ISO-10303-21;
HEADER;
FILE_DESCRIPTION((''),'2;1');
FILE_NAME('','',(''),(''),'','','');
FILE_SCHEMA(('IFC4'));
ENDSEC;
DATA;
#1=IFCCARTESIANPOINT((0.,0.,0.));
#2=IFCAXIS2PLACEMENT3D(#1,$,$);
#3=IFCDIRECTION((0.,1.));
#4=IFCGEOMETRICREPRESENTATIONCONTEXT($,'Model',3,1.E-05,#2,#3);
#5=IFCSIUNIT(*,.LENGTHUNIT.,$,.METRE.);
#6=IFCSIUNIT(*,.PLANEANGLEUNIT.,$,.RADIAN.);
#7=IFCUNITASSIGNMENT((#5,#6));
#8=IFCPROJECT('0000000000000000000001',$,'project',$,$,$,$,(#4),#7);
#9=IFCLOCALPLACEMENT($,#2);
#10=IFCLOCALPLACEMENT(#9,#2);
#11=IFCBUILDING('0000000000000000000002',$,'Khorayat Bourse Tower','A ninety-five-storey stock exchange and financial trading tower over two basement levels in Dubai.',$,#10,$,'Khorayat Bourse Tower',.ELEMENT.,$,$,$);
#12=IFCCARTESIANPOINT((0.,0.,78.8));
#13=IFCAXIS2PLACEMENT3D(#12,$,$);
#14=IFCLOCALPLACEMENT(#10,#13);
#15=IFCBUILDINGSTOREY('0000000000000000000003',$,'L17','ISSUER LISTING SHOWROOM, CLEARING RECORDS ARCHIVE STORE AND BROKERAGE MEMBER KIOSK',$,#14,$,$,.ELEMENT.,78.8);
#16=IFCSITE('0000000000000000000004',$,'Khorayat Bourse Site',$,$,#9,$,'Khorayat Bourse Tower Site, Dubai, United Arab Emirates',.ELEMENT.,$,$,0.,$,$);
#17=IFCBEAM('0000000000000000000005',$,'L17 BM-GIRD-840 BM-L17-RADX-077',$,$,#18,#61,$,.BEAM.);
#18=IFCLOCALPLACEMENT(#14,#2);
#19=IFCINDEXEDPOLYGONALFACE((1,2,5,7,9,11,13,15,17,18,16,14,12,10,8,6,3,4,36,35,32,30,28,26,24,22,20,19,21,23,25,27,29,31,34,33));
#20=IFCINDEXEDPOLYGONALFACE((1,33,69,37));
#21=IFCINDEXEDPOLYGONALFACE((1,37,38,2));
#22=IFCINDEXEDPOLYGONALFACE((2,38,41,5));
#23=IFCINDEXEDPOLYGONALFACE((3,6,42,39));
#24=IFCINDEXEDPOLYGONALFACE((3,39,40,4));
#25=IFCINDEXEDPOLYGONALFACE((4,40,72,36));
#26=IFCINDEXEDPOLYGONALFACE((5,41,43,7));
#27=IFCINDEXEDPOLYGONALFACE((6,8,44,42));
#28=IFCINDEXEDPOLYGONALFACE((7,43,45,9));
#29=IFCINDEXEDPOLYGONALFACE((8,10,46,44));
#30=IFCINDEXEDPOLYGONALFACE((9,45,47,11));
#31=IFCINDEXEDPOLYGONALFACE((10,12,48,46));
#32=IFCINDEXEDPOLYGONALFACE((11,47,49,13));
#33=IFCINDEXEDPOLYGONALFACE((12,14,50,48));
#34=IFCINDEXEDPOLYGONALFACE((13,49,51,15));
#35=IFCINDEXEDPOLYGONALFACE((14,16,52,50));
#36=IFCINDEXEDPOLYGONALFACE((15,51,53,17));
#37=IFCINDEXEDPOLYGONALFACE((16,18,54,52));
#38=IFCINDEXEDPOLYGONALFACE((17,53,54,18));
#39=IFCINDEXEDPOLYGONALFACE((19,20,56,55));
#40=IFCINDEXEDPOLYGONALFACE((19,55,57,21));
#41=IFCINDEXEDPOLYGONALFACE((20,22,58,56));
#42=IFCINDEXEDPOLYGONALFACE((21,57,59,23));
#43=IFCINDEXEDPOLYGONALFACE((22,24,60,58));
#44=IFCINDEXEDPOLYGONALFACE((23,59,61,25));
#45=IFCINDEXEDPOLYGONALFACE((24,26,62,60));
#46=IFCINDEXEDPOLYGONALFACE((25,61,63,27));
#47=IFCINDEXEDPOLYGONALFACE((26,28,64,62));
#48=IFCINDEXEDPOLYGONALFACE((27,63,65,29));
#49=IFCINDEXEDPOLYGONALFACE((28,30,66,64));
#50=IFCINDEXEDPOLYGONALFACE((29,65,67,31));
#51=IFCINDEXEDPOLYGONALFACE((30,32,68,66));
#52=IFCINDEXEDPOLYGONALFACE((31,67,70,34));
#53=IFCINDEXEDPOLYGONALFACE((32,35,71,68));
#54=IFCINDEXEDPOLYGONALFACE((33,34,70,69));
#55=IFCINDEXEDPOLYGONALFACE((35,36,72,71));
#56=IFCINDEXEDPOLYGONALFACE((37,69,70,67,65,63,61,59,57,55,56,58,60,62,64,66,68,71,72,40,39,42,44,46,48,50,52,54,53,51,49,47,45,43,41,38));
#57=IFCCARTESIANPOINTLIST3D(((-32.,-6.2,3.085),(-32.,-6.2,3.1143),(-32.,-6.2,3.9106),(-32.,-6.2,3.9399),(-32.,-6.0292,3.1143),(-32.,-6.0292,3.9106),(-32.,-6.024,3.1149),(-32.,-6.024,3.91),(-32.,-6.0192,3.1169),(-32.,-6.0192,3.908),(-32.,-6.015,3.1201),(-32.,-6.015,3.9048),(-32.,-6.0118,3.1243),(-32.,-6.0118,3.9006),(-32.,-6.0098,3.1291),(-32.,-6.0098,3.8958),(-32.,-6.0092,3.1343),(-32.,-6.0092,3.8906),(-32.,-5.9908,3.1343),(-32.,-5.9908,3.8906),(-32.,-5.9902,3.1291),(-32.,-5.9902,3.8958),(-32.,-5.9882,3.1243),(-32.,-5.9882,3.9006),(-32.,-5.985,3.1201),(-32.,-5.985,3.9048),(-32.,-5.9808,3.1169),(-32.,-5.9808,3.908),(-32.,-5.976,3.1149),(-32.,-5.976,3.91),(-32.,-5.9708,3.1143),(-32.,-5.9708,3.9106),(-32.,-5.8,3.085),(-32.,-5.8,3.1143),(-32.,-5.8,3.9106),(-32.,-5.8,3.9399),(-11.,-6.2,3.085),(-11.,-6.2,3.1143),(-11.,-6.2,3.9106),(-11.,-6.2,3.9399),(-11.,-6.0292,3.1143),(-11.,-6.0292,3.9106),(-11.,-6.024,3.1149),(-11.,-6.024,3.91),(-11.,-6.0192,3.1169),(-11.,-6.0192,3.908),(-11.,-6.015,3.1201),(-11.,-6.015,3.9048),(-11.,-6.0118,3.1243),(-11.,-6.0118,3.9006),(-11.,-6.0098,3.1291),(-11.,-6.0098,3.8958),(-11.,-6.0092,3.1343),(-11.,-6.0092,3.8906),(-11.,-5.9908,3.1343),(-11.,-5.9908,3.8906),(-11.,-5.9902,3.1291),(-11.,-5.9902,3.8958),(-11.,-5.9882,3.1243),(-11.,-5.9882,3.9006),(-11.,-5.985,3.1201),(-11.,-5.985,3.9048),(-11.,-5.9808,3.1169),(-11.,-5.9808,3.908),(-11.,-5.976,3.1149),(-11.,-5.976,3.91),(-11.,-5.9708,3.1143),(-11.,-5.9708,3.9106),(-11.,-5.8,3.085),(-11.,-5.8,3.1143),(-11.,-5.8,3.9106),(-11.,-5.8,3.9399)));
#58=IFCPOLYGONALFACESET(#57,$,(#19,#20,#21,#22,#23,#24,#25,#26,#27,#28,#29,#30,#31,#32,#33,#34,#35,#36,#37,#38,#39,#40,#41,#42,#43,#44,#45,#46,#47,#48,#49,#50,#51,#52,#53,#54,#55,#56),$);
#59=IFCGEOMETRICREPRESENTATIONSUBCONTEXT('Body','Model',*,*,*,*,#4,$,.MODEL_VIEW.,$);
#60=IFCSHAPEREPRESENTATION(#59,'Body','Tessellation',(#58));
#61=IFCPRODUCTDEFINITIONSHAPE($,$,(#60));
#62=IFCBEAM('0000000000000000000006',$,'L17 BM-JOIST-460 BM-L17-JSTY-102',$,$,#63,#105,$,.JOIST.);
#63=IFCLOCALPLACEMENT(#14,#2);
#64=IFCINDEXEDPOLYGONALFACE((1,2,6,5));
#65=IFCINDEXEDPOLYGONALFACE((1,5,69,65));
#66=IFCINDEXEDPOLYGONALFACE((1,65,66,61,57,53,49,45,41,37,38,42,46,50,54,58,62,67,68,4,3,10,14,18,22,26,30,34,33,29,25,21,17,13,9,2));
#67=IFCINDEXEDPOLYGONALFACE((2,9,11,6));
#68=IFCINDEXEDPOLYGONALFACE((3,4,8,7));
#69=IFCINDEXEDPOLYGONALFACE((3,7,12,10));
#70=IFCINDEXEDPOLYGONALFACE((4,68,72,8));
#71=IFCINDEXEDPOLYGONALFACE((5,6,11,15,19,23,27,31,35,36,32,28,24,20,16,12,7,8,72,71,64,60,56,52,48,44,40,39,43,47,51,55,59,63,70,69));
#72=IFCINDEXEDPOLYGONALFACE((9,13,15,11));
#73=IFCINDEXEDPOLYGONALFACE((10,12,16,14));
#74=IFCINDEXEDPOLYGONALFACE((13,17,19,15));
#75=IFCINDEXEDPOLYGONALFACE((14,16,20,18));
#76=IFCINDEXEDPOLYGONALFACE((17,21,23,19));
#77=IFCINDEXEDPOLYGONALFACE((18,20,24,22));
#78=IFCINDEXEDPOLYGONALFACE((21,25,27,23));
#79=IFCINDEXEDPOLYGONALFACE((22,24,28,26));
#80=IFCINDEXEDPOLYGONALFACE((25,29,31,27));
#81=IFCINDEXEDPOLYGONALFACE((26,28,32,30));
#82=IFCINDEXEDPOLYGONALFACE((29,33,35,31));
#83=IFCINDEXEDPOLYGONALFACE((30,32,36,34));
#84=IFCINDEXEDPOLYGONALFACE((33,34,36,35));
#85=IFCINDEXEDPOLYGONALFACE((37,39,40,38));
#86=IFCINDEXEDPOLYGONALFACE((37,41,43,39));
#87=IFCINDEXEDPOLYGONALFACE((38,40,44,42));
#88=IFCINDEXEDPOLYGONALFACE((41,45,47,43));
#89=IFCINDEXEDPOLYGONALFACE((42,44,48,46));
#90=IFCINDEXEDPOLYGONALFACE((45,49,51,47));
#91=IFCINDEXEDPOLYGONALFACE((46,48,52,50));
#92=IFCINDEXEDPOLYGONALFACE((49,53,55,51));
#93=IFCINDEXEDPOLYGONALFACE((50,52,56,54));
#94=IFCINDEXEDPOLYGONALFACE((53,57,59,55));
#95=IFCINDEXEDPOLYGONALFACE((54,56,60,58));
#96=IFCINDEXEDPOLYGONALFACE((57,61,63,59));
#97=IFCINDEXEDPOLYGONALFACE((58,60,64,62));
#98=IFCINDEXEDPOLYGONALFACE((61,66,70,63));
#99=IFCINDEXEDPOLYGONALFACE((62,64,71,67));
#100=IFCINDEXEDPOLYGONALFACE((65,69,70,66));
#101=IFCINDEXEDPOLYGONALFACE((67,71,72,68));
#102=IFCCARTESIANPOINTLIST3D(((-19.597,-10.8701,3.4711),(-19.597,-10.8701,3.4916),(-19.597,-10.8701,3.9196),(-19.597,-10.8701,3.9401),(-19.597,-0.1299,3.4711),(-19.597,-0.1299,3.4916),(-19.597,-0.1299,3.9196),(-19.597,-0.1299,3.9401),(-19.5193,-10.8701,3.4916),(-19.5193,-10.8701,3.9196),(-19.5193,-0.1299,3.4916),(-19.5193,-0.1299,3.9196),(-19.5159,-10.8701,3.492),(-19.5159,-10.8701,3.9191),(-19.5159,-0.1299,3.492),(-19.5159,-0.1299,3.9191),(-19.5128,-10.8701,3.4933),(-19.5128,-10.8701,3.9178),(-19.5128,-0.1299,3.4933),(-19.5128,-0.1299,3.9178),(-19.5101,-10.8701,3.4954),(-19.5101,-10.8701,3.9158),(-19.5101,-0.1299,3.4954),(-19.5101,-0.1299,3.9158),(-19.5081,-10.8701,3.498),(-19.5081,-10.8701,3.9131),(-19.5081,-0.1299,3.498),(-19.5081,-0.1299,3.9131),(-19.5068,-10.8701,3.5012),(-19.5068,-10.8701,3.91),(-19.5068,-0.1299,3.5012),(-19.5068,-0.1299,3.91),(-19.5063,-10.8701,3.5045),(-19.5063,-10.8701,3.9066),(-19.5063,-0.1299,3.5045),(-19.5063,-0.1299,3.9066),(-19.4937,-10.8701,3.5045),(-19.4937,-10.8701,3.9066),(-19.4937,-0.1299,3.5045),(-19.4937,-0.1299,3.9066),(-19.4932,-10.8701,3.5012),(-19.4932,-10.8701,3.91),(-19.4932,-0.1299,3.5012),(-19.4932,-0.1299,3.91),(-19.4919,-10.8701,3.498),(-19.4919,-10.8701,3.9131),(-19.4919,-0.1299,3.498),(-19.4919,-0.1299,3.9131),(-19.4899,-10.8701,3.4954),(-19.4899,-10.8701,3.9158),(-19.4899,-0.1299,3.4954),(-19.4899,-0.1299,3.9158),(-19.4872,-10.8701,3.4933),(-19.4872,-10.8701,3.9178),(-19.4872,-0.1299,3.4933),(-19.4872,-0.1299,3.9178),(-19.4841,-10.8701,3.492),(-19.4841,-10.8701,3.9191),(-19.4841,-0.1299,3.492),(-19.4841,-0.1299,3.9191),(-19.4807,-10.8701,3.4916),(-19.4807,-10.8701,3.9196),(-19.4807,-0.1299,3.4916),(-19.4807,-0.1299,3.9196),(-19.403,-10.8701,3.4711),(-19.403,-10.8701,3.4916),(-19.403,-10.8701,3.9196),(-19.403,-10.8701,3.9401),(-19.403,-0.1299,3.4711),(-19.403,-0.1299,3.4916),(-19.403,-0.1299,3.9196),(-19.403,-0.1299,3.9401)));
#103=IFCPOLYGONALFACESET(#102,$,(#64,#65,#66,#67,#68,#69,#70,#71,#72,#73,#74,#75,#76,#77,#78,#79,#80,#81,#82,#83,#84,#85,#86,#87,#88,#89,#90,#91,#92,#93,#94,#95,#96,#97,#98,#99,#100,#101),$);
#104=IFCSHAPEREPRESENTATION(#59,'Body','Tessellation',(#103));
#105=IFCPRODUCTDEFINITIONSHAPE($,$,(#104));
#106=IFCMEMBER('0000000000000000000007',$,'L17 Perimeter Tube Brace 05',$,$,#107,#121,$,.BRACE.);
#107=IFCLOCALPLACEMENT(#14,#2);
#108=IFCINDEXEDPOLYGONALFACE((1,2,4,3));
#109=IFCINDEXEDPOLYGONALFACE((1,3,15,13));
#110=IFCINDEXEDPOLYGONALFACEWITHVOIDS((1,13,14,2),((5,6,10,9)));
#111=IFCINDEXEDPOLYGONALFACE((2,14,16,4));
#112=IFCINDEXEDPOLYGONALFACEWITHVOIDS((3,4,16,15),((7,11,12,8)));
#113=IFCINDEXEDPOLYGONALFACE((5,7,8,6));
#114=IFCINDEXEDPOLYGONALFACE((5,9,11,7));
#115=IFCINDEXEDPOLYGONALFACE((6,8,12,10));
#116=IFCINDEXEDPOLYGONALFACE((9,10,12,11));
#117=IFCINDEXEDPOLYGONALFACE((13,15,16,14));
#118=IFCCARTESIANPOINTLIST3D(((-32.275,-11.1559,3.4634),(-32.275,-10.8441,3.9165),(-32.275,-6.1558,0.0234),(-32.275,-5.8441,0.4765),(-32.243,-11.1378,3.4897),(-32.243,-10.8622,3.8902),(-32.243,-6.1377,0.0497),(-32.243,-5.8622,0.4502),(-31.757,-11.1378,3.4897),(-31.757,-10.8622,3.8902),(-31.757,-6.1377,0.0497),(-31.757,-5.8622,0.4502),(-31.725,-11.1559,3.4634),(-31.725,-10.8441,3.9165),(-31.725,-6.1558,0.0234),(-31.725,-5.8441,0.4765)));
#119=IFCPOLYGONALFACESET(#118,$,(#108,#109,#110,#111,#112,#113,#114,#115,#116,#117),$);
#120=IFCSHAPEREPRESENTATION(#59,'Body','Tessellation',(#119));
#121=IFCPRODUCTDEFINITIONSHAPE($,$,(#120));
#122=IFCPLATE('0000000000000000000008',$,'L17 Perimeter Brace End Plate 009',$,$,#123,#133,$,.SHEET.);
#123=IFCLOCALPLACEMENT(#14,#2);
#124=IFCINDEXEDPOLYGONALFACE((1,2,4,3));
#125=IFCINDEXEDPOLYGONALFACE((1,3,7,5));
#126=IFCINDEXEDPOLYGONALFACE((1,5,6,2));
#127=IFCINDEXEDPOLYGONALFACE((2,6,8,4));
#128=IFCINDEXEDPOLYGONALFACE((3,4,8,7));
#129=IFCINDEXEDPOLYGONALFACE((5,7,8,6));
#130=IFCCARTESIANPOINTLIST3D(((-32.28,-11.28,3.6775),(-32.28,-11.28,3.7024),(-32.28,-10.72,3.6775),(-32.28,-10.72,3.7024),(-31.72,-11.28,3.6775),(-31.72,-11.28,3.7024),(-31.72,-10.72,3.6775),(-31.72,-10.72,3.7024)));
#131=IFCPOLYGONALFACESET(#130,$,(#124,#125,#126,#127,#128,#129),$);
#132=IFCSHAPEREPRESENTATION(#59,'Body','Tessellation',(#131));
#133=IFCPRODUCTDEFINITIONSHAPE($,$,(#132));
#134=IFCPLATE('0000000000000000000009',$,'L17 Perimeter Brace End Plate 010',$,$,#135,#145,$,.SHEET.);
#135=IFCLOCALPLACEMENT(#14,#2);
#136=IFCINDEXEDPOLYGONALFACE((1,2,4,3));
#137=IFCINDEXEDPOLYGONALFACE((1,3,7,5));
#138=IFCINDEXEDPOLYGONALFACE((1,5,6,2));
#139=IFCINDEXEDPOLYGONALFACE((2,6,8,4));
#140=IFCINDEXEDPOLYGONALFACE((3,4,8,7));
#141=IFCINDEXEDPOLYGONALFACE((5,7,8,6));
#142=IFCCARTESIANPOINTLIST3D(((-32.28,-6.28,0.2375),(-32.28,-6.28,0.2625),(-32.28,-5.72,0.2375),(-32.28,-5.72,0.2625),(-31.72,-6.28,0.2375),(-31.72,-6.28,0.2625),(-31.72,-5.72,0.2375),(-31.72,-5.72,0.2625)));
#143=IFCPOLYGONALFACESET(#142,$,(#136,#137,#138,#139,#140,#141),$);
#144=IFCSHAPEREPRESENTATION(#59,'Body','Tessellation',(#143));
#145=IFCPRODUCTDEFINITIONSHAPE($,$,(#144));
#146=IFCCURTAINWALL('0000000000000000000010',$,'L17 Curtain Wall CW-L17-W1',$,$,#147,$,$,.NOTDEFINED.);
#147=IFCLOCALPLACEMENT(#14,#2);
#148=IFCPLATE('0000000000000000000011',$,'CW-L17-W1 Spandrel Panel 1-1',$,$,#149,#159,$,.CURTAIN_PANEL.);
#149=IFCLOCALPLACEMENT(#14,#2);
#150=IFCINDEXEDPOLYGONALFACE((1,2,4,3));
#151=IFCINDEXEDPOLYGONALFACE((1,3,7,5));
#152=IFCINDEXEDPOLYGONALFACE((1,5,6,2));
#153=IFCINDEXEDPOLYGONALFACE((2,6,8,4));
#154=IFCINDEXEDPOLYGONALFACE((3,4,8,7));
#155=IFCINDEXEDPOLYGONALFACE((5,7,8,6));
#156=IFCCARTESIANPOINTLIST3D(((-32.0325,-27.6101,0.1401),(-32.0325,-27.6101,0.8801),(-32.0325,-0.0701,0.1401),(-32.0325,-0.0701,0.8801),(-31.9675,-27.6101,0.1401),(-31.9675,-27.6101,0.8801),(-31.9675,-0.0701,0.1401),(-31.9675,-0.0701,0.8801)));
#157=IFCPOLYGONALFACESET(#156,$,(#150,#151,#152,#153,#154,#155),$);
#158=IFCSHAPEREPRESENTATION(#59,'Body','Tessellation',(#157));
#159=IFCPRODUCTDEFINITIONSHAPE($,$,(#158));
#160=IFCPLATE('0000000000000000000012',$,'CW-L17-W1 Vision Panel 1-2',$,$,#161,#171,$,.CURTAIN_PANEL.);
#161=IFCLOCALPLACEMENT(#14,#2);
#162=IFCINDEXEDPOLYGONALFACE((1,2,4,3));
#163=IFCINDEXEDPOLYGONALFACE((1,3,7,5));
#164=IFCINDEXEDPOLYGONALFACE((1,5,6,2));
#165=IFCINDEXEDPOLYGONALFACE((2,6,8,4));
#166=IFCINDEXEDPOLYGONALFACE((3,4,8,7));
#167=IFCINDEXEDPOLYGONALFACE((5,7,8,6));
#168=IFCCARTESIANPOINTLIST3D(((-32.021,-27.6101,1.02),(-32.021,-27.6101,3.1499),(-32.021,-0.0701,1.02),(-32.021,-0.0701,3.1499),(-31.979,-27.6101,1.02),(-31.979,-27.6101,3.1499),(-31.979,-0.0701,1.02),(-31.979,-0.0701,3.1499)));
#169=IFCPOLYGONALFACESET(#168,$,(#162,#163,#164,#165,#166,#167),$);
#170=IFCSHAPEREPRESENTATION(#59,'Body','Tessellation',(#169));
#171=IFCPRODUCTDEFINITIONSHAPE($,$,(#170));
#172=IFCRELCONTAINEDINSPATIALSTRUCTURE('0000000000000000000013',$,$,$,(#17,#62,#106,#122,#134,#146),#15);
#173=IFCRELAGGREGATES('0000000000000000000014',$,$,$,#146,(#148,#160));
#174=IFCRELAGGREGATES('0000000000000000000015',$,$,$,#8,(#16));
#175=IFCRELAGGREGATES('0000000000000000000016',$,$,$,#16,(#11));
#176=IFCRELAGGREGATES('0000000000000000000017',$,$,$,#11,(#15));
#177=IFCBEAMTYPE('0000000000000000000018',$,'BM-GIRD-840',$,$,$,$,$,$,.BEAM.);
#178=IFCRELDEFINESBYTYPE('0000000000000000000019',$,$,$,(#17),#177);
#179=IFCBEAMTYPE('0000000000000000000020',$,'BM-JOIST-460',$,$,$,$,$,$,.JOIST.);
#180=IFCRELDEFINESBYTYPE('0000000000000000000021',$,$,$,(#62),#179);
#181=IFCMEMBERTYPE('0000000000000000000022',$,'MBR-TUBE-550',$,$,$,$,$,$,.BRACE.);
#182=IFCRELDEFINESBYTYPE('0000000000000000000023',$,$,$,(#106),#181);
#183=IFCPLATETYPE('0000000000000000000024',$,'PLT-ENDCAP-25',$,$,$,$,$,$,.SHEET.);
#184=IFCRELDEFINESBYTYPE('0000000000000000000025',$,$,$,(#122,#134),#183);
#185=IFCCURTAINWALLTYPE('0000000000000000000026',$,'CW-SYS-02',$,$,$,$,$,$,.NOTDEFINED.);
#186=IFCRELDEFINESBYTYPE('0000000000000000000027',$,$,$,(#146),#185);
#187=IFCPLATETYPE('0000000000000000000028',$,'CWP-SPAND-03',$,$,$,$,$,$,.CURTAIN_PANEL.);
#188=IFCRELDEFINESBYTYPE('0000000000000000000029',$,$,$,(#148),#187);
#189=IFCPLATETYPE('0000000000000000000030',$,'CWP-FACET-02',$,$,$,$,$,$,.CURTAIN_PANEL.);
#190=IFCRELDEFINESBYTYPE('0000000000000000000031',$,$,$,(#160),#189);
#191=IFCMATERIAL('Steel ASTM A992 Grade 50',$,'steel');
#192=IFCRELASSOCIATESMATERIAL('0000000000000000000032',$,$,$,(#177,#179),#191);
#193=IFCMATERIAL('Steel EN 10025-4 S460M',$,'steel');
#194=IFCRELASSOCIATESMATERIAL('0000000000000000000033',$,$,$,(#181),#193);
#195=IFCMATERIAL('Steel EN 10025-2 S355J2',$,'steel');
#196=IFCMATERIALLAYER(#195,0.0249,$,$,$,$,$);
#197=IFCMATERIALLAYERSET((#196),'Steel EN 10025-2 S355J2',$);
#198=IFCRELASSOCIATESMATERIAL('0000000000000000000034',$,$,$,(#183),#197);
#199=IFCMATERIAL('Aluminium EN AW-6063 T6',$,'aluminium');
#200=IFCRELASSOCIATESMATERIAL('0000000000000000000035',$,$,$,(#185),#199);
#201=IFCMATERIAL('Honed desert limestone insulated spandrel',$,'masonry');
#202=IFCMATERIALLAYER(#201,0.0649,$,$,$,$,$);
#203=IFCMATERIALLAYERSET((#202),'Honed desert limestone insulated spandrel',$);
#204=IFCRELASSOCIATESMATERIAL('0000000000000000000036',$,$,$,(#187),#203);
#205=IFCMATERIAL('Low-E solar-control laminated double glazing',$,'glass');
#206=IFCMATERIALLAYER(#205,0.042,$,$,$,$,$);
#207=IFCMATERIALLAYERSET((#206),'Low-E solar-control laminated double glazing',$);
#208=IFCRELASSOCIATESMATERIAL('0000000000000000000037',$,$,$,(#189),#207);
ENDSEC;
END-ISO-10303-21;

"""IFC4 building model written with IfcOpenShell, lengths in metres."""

from ifc_helpers import new_model, si_unit, direction, frame, origin, origin_2d, place, context, subcontext, project, spatial, rectangle, hollow_rectangle, i_section, extrude, source, transform, mapped, material, layer, layer_set, material_profile, profile_set, type_object, element, aggregate, save


model = new_model("IFC4")

# Units and contexts
model_context = context("Model", 3, precision=1e-05, world=origin(), true_north=direction((0.0, 1.0)))
body_context = subcontext(model_context, "Body", "Model", "MODEL_VIEW")
ifc_project = project(units=[si_unit("LENGTHUNIT", "METRE"), si_unit("PLANEANGLEUNIT", "RADIAN")], contexts=[model_context])

# Site, building, storey
site_placement = place(None, origin())
site = spatial("IfcSite", under=ifc_project, at=site_placement, Name="Khorayat Bourse Site", LongName="Khorayat Bourse Tower Site, Dubai, United Arab Emirates", CompositionType="ELEMENT", RefElevation=0.0)
building_placement = place(site_placement, origin())
building = spatial("IfcBuilding", under=site, at=building_placement, Name="Khorayat Bourse Tower", Description="A ninety-five-storey stock exchange and financial trading tower over two basement levels in Dubai.", LongName="Khorayat Bourse Tower", CompositionType="ELEMENT")
storey_placement = place(building_placement, frame((0.0, 0.0, 78.8)))
storey = spatial("IfcBuildingStorey", under=building, at=storey_placement, Name="L17", Description="ISSUER LISTING SHOWROOM, CLEARING RECORDS ARCHIVE STORE AND BROKERAGE MEMBER KIOSK", CompositionType="ELEMENT", Elevation=78.8)

# Shared definitions
ifc_material_1 = material(Name="Steel EN 10025-4 S460M", Category="steel")

# Beams
ifc_material_2 = material(Name="Steel ASTM A992 Grade 50", Category="steel")
ifc_material_profile_1 = material_profile(ifc_material_2, i_section(OverallWidth=0.3999, OverallDepth=0.855, WebThickness=0.0183, FlangeThickness=0.0293, FilletRadius=0.02, at=origin_2d()), Name="W840X299")
ifc_profile_set_1 = profile_set([ifc_material_profile_1], Name="Steel ASTM A992 Grade 50")
beam_type_1 = type_object("IfcBeamType", Name="BM-GIRD-840", PredefinedType="BEAM", material=ifc_profile_set_1)
shared_shape_1 = source(origin(), body_context, "Body", "SweptSolid", [
    extrude(i_section(OverallWidth=0.3999, OverallDepth=0.855, WebThickness=0.0183, FlangeThickness=0.0293, FilletRadius=0.02, at=origin_2d()), origin(), (0.0, 0.0, 1.0), 21.0),
])
for number, where, z_axis, x_axis, name in (
    (1, (-32.0, -6.0, 3.5125), (1.0, 0.0, 0.0), (0.0, 1.0, 0.0), "L17 BM-GIRD-840 BM-L17-RADX-077"),
):
    element("IfcBeam", number, at=place(storey_placement, frame(where, z_axis=z_axis, x_axis=x_axis)), inside=storey, type_object=beam_type_1, Name=name, PredefinedType="BEAM", context=body_context, shape_type="MappedRepresentation", body=[
        mapped(shared_shape_1, transform((0.0, 0.0, 0.0), scale=1.0)),
    ])
ifc_material_profile_2 = material_profile(ifc_material_2, i_section(OverallWidth=0.1941, OverallDepth=0.469, WebThickness=0.0127, FlangeThickness=0.0205, FilletRadius=0.0129, at=origin_2d()), Name="W460X106")
ifc_profile_set_2 = profile_set([ifc_material_profile_2], Name="Steel ASTM A992 Grade 50")
beam_type_2 = type_object("IfcBeamType", Name="BM-JOIST-460", PredefinedType="JOIST", material=ifc_profile_set_2)
shared_shape_2 = source(origin(), body_context, "Body", "SweptSolid", [
    extrude(i_section(OverallWidth=0.1941, OverallDepth=0.469, WebThickness=0.0127, FlangeThickness=0.0205, FilletRadius=0.0129, at=origin_2d()), origin(), (0.0, 0.0, 1.0), 10.7402),
])
beam_1_placement = place(storey_placement, frame((-19.5, -10.8701, 3.7056), z_axis=(0.0, 1.0, 0.0), x_axis=(-1.0, 0.0, 0.0)))
element("IfcBeam", 2, at=beam_1_placement, inside=storey, type_object=beam_type_2, Name="L17 BM-JOIST-460 BM-L17-JSTY-102", PredefinedType="JOIST", context=body_context, shape_type="MappedRepresentation", body=[
    mapped(shared_shape_2, transform((0.0, 0.0, 0.0), scale=1.0)),
])

# Member
ifc_material_profile_3 = material_profile(ifc_material_1, hollow_rectangle(XDim=0.55, YDim=0.55, WallThickness=0.032, at=origin_2d()), Name="HSS 550x550x32")
ifc_profile_set_3 = profile_set([ifc_material_profile_3], Name="Steel EN 10025-4 S460M")
member_type = type_object("IfcMemberType", Name="MBR-TUBE-550", PredefinedType="BRACE", material=ifc_profile_set_3)
shared_shape_3 = source(origin(), body_context, "Body", "SweptSolid", [
    extrude(hollow_rectangle(XDim=0.55, YDim=0.55, WallThickness=0.032, at=origin_2d()), origin(), (0.0, 0.0, 1.0), 6.0691),
])
member_placement = place(storey_placement, frame((-32.0, -11.0, 3.6899), z_axis=(0.0, 0.823854, -0.566802), x_axis=(-1.0, 0.0, 0.0)))
element("IfcMember", 3, at=member_placement, inside=storey, type_object=member_type, Name="L17 Perimeter Tube Brace 05", PredefinedType="BRACE", context=body_context, shape_type="MappedRepresentation", body=[
    mapped(shared_shape_3, transform((0.0, 0.0, 0.0), scale=1.0)),
])

# Plates
ifc_material_3 = material(Name="Steel EN 10025-2 S355J2", Category="steel")
ifc_layer_1 = layer(ifc_material_3, 0.0249)
ifc_layer_set_1 = layer_set([ifc_layer_1], Name="Steel EN 10025-2 S355J2")
plate_type_1 = type_object("IfcPlateType", Name="PLT-ENDCAP-25", PredefinedType="SHEET", material=ifc_layer_set_1)
shared_shape_4 = source(origin(), body_context, "Body", "SweptSolid", [
    extrude(rectangle(XDim=0.5601, YDim=0.5601, at=origin_2d()), origin(), (0.0, 0.0, 1.0), 0.0249),
])
for number, where, z_axis, x_axis, name in (
    (4, (-32.0, -11.0, 3.6775), (0.0, 0.0, 1.0), (1.0, 0.0, 0.0), "L17 Perimeter Brace End Plate 009"),
    (5, (-32.0, -6.0, 0.2375), (0.0, 0.0, 1.0), (1.0, 0.0, 0.0), "L17 Perimeter Brace End Plate 010"),
):
    element("IfcPlate", number, at=place(storey_placement, frame(where, z_axis=z_axis, x_axis=x_axis)), inside=storey, type_object=plate_type_1, Name=name, PredefinedType="SHEET", context=body_context, shape_type="MappedRepresentation", body=[
        mapped(shared_shape_4, transform((0.0, 0.0, 0.0), scale=1.0)),
    ])

# Curtain wall, plates
ifc_material_4 = material(Name="Aluminium EN AW-6063 T6", Category="aluminium")
curtain_wall_type = type_object("IfcCurtainWallType", Name="CW-SYS-02", PredefinedType="NOTDEFINED", material=ifc_material_4)
curtain_wall_placement = place(storey_placement, origin())
curtain_wall = element("IfcCurtainWall", 6, at=curtain_wall_placement, inside=storey, type_object=curtain_wall_type, Name="L17 Curtain Wall CW-L17-W1", PredefinedType="NOTDEFINED")
ifc_material_5 = material(Name="Honed desert limestone insulated spandrel", Category="masonry")
ifc_layer_2 = layer(ifc_material_5, 0.0649)
ifc_layer_set_2 = layer_set([ifc_layer_2], Name="Honed desert limestone insulated spandrel")
plate_type_2 = type_object("IfcPlateType", Name="CWP-SPAND-03", PredefinedType="CURTAIN_PANEL", material=ifc_layer_set_2)
shared_shape_5 = source(origin(), body_context, "Body", "SweptSolid", [
    extrude(rectangle(XDim=27.54, YDim=0.0649, at=origin_2d()), origin(), (0.0, 0.0, 1.0), 0.74),
])
plate_1_placement = place(storey_placement, frame((-32.0, -13.8401, 0.1401), z_axis=(0.0, 0.0, 1.0), x_axis=(0.0, 1.0, 0.0)))
plate_1 = element("IfcPlate", 7, at=plate_1_placement, type_object=plate_type_2, Name="CW-L17-W1 Spandrel Panel 1-1", PredefinedType="CURTAIN_PANEL", context=body_context, shape_type="MappedRepresentation", body=[
    mapped(shared_shape_5, transform((0.0, 0.0, 0.0), scale=1.0)),
])
ifc_material_6 = material(Name="Low-E solar-control laminated double glazing", Category="glass")
ifc_layer_3 = layer(ifc_material_6, 0.042)
ifc_layer_set_3 = layer_set([ifc_layer_3], Name="Low-E solar-control laminated double glazing")
plate_type_3 = type_object("IfcPlateType", Name="CWP-FACET-02", PredefinedType="CURTAIN_PANEL", material=ifc_layer_set_3)
shared_shape_6 = source(origin(), body_context, "Body", "SweptSolid", [
    extrude(rectangle(XDim=27.54, YDim=0.042, at=origin_2d()), origin(), (0.0, 0.0, 1.0), 2.1299),
])
plate_2_placement = place(storey_placement, frame((-32.0, -13.8401, 1.02), z_axis=(0.0, 0.0, 1.0), x_axis=(0.0, 1.0, 0.0)))
plate_2 = element("IfcPlate", 8, at=plate_2_placement, type_object=plate_type_3, Name="CW-L17-W1 Vision Panel 1-2", PredefinedType="CURTAIN_PANEL", context=body_context, shape_type="MappedRepresentation", body=[
    mapped(shared_shape_6, transform((0.0, 0.0, 0.0), scale=1.0)),
])
aggregate(curtain_wall, [plate_1, plate_2])

save(model, "model.ifc")
